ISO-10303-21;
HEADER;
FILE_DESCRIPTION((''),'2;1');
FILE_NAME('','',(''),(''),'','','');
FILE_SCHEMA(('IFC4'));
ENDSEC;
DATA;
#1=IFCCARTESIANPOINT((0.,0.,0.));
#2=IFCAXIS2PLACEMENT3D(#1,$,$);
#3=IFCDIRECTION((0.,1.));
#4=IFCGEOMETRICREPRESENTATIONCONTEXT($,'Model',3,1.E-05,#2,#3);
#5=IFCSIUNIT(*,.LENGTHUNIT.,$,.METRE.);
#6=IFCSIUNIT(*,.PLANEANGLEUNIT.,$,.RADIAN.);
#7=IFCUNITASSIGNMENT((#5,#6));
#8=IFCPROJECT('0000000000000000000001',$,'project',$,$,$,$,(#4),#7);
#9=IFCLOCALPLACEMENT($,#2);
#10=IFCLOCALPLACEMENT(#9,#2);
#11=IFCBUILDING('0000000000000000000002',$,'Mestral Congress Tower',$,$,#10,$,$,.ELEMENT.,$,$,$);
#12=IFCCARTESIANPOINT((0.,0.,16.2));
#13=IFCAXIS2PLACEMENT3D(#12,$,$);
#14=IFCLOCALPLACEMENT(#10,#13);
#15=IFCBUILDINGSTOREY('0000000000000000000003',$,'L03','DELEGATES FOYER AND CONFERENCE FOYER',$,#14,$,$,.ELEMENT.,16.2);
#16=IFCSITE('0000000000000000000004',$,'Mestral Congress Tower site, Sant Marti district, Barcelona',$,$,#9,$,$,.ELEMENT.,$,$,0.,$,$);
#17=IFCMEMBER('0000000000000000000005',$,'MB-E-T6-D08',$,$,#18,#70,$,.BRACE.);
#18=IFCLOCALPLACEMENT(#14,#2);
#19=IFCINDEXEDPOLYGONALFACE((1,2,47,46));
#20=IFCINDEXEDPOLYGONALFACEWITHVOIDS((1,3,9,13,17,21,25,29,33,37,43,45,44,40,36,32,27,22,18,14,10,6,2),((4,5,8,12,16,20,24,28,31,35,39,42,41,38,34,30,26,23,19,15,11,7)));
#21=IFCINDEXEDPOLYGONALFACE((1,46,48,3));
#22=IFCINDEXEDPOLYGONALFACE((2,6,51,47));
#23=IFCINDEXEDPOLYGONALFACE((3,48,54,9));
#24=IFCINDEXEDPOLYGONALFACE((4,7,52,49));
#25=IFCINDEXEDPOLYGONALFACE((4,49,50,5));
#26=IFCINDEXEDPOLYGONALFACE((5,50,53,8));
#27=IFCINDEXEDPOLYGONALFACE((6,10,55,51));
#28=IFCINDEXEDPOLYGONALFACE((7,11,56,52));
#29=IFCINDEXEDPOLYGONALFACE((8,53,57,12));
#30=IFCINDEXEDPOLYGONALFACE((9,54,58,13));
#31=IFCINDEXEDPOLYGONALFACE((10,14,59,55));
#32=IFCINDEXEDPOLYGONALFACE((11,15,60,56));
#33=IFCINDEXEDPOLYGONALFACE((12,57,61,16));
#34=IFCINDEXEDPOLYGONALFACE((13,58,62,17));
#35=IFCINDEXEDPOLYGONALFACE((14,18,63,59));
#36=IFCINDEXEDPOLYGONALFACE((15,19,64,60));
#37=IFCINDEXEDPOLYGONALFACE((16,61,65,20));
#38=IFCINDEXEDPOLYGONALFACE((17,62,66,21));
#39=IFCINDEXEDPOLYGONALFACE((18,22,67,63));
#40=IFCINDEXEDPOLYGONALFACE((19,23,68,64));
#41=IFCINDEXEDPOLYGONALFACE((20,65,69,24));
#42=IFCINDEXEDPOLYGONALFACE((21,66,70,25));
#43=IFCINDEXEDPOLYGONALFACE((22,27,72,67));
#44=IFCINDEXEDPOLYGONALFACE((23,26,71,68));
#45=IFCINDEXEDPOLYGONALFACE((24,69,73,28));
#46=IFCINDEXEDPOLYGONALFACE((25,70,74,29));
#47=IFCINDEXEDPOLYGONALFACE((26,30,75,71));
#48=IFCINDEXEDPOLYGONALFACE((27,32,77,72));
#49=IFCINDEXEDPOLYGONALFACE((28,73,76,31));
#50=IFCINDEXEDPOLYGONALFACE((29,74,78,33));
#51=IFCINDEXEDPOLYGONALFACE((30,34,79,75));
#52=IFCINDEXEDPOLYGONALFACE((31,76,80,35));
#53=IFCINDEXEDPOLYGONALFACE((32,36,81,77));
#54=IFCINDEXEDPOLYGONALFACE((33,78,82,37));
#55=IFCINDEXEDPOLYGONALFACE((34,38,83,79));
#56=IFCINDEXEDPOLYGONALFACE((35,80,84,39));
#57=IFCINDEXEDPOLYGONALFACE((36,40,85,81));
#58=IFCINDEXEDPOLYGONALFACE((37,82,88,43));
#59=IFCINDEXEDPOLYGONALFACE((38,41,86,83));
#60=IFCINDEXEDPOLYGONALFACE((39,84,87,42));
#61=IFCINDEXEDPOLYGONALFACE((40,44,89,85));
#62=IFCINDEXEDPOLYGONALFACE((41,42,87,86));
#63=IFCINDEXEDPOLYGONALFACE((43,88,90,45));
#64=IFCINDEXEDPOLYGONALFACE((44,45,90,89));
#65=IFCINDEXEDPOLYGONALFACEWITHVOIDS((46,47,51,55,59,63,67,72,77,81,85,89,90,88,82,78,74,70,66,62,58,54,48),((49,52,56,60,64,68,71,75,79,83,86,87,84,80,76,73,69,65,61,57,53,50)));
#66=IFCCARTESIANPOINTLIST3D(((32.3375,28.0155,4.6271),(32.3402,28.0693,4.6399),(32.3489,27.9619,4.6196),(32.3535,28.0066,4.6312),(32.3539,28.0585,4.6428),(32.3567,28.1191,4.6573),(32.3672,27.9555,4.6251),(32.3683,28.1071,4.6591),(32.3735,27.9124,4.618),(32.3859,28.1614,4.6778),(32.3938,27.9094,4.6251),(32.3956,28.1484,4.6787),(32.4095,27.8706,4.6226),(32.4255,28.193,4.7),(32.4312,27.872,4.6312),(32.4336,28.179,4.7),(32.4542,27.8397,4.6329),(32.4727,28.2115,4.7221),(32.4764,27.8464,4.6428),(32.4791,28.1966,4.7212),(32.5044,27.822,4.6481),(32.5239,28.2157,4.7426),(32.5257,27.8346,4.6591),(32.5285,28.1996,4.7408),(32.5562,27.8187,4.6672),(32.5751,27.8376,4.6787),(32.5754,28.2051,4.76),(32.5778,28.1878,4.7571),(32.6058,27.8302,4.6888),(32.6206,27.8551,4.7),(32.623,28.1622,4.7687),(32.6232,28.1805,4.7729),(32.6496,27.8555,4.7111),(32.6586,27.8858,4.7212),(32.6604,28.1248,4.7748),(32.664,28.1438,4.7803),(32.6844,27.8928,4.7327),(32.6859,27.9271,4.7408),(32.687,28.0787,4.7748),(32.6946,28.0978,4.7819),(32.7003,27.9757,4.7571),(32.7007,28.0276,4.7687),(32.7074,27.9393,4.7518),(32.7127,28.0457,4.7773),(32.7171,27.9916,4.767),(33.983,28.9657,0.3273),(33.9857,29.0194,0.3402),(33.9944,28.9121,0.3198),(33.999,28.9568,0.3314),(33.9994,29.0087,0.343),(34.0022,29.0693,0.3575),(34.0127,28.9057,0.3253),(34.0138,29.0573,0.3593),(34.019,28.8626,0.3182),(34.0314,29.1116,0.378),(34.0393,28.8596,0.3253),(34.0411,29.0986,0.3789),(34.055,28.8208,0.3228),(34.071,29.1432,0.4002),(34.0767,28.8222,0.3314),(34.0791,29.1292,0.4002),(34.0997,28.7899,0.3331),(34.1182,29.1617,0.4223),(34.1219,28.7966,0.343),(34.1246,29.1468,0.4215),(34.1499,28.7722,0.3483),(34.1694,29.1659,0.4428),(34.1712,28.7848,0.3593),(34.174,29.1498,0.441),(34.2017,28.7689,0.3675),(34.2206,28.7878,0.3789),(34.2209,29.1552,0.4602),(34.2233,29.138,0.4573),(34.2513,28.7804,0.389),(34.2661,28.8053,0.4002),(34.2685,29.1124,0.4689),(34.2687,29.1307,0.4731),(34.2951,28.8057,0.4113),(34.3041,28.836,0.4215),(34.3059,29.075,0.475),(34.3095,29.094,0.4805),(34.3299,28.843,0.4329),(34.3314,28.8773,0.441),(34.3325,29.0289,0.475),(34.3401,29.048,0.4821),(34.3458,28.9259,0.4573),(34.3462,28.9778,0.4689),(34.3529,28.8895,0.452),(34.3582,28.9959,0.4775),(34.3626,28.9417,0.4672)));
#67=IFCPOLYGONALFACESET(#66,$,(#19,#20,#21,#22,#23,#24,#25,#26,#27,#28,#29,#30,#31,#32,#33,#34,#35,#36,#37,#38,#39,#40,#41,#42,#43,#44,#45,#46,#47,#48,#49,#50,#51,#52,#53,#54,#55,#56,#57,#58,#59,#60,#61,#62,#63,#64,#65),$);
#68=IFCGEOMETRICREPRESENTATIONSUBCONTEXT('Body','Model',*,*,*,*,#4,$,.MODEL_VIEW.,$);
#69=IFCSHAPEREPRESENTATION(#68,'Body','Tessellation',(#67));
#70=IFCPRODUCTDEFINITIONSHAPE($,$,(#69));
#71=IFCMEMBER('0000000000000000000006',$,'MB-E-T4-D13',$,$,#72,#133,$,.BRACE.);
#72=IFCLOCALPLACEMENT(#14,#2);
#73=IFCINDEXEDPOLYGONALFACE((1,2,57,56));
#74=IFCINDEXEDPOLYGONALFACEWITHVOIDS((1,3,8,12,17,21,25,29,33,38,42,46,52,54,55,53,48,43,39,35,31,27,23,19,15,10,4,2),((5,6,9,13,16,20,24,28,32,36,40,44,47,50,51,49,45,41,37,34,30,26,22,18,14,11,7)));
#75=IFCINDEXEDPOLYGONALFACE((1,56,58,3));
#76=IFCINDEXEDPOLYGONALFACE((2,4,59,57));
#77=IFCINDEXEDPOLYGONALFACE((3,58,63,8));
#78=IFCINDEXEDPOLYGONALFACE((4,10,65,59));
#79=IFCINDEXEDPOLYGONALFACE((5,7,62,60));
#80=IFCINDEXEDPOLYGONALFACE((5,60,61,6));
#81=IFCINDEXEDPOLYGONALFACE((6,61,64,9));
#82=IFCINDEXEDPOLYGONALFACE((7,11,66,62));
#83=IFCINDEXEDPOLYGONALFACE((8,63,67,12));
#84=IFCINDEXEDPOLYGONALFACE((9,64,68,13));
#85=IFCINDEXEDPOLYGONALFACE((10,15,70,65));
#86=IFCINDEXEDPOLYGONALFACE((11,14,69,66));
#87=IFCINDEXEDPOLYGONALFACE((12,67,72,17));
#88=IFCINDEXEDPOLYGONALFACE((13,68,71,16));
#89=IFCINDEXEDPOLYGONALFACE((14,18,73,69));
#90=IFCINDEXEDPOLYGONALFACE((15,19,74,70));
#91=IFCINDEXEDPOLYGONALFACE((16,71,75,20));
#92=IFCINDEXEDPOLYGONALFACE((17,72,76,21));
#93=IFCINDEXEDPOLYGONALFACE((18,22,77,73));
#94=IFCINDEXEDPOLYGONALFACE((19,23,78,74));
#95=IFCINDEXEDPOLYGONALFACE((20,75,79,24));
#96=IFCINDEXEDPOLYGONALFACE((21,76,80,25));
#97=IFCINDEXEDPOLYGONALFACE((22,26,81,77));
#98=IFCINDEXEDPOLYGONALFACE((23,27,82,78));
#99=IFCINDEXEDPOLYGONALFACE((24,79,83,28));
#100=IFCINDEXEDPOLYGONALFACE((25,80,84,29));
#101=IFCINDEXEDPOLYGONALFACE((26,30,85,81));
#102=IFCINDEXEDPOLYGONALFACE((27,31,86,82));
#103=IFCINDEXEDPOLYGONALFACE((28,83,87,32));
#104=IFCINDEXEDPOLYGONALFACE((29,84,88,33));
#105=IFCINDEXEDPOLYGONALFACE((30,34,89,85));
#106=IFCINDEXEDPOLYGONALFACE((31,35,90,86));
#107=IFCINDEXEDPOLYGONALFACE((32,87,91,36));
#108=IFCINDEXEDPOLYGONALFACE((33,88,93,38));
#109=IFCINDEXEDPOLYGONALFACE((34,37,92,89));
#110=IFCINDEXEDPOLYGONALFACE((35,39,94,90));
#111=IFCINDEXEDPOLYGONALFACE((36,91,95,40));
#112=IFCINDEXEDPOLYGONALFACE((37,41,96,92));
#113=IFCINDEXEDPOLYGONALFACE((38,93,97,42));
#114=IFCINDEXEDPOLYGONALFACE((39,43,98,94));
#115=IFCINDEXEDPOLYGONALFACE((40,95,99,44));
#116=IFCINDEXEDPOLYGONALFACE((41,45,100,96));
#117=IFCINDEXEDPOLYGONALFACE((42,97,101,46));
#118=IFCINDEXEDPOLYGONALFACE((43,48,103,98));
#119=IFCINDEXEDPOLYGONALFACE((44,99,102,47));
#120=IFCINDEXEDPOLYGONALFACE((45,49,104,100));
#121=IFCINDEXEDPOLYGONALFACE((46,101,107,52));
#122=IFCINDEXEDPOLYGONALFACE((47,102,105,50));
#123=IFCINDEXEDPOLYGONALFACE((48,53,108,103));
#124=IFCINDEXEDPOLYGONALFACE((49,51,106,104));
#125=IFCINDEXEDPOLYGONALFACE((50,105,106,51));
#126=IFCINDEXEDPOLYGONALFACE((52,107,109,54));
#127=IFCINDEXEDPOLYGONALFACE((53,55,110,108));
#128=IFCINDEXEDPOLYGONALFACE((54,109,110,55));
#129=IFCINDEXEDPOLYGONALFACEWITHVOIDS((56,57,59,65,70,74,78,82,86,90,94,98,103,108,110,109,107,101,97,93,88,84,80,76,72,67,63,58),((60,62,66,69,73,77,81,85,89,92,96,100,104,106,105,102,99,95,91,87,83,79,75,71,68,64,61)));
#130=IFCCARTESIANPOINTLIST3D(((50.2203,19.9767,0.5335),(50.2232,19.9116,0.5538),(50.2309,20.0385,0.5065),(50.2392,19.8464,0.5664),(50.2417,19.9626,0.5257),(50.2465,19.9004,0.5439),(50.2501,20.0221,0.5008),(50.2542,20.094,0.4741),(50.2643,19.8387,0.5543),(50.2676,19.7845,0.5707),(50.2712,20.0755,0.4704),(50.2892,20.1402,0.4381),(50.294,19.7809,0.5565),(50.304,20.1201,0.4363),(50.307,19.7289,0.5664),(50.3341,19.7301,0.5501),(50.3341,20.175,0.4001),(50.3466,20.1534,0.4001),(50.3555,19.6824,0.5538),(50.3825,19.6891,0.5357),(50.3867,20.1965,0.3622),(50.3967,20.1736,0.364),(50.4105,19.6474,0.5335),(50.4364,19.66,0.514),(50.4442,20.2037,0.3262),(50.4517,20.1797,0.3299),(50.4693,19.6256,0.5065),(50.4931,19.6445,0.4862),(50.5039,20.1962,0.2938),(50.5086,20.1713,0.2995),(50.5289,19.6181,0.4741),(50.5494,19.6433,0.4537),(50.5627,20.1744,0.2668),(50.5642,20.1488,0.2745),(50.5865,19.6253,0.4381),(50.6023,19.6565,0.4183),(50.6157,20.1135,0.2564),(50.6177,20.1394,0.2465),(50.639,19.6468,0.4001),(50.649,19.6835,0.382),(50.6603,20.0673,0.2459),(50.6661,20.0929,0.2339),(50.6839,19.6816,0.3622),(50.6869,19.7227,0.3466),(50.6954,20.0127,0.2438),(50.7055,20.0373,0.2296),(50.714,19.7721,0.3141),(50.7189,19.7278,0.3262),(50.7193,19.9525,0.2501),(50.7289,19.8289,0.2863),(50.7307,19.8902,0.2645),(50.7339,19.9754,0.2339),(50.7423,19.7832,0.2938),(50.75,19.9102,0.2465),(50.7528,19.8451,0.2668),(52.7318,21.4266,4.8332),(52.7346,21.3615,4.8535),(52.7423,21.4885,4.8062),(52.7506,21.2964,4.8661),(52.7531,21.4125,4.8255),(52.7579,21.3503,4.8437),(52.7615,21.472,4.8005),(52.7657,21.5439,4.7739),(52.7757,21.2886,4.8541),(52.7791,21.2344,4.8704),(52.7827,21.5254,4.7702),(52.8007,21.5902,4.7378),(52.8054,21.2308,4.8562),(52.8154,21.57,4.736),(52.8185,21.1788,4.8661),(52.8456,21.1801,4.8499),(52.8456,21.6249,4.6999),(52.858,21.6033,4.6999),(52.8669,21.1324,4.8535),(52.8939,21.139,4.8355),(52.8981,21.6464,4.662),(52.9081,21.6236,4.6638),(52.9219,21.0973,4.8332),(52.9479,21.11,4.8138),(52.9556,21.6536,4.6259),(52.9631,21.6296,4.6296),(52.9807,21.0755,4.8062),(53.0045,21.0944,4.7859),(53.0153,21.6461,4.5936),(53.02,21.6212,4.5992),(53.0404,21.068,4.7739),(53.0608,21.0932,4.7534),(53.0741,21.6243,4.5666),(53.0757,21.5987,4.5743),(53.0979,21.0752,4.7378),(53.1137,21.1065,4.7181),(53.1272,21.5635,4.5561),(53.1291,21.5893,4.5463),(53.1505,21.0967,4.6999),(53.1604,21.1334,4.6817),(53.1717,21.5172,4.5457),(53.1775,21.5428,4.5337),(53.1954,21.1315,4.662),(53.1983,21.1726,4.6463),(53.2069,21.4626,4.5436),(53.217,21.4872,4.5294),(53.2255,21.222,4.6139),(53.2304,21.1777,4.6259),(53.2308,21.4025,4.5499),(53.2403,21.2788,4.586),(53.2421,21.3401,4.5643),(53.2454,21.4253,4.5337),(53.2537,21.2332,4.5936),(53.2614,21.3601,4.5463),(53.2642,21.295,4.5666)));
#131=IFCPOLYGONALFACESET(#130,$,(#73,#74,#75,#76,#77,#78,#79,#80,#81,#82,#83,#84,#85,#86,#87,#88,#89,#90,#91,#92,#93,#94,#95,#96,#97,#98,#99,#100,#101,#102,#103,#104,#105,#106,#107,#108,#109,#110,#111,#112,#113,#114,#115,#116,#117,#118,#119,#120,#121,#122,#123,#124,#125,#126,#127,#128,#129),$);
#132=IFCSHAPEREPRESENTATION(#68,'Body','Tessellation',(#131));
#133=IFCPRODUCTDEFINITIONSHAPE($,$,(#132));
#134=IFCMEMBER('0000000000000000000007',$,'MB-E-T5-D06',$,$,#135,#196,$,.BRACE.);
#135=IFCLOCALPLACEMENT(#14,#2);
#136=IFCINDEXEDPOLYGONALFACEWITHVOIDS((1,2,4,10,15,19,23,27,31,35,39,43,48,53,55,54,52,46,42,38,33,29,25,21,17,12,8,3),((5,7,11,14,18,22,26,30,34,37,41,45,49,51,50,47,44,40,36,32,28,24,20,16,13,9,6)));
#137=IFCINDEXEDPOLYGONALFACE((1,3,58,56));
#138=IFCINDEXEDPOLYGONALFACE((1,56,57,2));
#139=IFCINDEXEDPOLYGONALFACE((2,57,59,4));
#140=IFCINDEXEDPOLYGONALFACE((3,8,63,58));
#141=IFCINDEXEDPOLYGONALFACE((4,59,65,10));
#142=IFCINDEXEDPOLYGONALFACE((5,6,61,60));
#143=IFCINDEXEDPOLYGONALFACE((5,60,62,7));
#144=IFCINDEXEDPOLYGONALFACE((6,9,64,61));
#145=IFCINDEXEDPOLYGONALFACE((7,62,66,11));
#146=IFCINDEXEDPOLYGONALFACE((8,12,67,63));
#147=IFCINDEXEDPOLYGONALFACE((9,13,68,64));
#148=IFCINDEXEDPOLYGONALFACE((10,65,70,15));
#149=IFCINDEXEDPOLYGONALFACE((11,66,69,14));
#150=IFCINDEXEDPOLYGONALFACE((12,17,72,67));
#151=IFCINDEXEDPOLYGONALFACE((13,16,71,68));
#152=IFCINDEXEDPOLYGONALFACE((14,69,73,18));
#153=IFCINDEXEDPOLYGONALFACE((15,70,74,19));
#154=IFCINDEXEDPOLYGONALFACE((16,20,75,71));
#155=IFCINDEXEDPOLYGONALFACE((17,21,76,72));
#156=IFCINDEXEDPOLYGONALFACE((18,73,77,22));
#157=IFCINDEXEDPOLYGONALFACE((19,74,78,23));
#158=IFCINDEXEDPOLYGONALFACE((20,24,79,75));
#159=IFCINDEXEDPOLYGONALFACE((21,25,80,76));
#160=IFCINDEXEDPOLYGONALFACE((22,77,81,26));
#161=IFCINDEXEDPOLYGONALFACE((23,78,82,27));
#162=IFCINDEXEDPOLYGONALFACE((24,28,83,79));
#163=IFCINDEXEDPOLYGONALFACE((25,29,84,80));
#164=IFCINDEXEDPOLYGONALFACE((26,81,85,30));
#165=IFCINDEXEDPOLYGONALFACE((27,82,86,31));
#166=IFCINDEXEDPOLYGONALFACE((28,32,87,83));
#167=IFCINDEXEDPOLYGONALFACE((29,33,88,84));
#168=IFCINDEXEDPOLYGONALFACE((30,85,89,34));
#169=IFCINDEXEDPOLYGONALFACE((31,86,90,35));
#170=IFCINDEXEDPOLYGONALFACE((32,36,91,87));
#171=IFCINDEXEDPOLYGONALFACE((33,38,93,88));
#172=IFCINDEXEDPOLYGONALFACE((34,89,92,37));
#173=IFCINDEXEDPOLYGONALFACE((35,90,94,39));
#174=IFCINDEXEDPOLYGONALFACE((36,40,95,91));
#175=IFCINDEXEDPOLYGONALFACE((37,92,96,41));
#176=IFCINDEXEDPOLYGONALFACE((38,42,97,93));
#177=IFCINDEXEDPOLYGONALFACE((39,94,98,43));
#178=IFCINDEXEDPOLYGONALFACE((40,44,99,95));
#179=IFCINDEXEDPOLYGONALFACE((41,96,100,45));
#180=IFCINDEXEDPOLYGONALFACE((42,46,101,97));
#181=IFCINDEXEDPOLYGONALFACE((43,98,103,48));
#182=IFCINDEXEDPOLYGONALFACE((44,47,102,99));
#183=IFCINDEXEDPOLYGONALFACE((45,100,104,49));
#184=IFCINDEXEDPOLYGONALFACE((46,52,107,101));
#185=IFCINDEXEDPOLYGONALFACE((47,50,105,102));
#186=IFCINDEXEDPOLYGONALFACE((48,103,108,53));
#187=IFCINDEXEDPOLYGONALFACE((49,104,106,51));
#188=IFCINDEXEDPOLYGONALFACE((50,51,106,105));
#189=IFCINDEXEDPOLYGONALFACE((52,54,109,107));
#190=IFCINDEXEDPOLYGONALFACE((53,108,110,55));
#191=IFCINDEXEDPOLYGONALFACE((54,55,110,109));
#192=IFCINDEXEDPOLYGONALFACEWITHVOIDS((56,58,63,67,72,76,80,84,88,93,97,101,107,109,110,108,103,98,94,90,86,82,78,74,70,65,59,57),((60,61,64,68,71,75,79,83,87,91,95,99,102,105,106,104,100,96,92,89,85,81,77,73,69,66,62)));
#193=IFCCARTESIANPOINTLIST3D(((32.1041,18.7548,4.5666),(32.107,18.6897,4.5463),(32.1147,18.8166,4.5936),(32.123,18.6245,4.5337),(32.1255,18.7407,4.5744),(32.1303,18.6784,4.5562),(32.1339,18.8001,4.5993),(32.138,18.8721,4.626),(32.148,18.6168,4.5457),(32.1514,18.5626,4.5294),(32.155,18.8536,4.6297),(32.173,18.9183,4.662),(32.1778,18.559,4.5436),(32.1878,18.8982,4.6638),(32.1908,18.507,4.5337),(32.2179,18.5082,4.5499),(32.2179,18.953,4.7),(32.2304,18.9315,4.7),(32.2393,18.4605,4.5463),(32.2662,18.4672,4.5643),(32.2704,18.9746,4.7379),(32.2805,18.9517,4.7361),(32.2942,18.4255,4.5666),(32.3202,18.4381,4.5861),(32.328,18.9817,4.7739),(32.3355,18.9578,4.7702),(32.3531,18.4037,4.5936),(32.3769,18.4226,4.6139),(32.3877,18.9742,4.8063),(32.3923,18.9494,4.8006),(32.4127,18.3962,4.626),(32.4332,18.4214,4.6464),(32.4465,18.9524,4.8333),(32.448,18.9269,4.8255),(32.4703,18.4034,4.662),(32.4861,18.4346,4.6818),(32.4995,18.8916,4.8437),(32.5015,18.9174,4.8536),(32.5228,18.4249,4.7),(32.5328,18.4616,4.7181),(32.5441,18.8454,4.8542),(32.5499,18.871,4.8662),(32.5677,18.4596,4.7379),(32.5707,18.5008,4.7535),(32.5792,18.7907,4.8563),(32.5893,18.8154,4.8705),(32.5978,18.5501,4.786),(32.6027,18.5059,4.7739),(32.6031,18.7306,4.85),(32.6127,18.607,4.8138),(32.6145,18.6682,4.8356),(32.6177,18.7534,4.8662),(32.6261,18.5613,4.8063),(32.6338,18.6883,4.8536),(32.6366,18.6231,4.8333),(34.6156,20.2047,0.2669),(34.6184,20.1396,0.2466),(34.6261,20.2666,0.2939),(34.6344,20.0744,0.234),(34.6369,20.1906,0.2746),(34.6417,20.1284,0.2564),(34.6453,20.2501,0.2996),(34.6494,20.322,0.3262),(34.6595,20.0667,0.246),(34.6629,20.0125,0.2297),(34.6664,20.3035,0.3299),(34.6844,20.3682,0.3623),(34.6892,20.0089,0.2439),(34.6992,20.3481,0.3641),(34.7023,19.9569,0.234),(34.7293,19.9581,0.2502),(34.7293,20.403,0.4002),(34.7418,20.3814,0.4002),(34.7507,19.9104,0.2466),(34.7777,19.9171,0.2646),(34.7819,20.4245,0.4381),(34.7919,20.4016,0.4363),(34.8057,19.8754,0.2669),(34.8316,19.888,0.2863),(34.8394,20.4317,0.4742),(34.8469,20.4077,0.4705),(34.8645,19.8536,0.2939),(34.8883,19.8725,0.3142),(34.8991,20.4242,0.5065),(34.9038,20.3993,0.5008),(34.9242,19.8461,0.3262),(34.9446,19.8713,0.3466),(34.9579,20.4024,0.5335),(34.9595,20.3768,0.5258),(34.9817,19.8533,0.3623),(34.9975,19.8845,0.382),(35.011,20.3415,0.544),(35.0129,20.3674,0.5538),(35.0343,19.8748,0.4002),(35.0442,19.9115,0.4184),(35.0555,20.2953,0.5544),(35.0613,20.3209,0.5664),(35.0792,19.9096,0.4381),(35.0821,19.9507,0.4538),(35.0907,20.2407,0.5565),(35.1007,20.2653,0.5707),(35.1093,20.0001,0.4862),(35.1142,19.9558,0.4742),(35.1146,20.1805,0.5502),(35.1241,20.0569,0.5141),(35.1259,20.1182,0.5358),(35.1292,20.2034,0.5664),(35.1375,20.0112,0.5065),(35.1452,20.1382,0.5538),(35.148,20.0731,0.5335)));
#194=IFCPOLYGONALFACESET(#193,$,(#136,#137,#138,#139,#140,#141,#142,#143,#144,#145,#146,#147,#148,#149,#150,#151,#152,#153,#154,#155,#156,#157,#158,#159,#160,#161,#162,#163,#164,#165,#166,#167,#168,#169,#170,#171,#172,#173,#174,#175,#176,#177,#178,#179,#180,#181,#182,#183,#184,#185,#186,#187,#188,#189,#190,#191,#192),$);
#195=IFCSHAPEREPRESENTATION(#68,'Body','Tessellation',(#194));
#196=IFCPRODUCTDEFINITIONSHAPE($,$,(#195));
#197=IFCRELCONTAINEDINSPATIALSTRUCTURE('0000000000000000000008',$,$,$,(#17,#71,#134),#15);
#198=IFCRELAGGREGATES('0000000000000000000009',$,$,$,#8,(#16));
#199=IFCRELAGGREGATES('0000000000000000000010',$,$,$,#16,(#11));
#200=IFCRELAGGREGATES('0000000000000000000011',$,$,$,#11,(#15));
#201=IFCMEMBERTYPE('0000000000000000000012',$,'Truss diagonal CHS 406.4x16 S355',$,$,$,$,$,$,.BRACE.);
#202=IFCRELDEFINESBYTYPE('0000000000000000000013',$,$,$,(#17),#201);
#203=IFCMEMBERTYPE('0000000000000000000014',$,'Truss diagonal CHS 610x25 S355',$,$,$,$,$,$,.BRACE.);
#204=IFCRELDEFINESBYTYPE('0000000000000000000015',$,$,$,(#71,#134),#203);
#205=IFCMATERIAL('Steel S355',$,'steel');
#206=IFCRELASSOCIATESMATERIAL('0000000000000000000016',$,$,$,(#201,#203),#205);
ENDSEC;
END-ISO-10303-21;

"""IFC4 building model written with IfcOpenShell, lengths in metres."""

from ifc_helpers import new_model, si_unit, direction, frame, origin, origin_2d, place, context, subcontext, project, spatial, hollow_circle, extrude, material, material_profile, profile_set, type_object, element, save


model = new_model("IFC4")

# Units and contexts
model_context = context("Model", 3, precision=1e-05, world=origin(), true_north=direction((0.0, 1.0)))
body_context = subcontext(model_context, "Body", "Model", "MODEL_VIEW")
ifc_project = project(units=[si_unit("LENGTHUNIT", "METRE"), si_unit("PLANEANGLEUNIT", "RADIAN")], contexts=[model_context])

# Site, building, storey
site_placement = place(None, origin())
site = spatial("IfcSite", under=ifc_project, at=site_placement, Name="Mestral Congress Tower site, Sant Marti district, Barcelona", CompositionType="ELEMENT", RefElevation=0.0)
building_placement = place(site_placement, origin())
building = spatial("IfcBuilding", under=site, at=building_placement, Name="Mestral Congress Tower", CompositionType="ELEMENT")
storey_placement = place(building_placement, frame((0.0, 0.0, 16.2)))
storey = spatial("IfcBuildingStorey", under=building, at=storey_placement, Name="L03", Description="DELEGATES FOYER AND CONFERENCE FOYER", CompositionType="ELEMENT", Elevation=16.2)

# Members
ifc_material = material(Name="Steel S355", Category="steel")
ifc_material_profile_1 = material_profile(ifc_material, hollow_circle(Radius=0.2031, WallThickness=0.0161, at=origin_2d()), Name="CHS 406.4x16")
ifc_profile_set_1 = profile_set([ifc_material_profile_1], Name="Steel S355")
member_type_1 = type_object("IfcMemberType", Name="Truss diagonal CHS 406.4x16 S355", PredefinedType="BRACE", material=ifc_profile_set_1)
for number, where, z_axis, x_axis, name in (
    (1, (32.5271, 28.0171, 4.7), (0.350038, 0.202129, -0.914668), (-0.500064, 0.865989, 0.0), "MB-E-T6-D08"),
):
    element("IfcMember", number, at=place(storey_placement, frame(where, z_axis=z_axis, x_axis=x_axis)), inside=storey, type_object=member_type_1, Name=name, PredefinedType="BRACE", context=body_context, shape_type="SweptSolid", body=[
        extrude(hollow_circle(Radius=0.2031, WallThickness=0.0161, at=origin_2d()), origin(), (0.0, 0.0, 1.0), 4.7009),
    ])
ifc_material_profile_2 = material_profile(ifc_material, hollow_circle(Radius=0.3049, WallThickness=0.0249, at=origin_2d()), Name="CHS 610x25")
ifc_profile_set_2 = profile_set([ifc_material_profile_2], Name="Steel S355")
member_type_2 = type_object("IfcMemberType", Name="Truss diagonal CHS 610x25 S355", PredefinedType="BRACE", material=ifc_profile_set_2)
for number, where, z_axis, x_axis, name in (
    (2, (50.4866, 19.9109, 0.4001), (0.484247, 0.279571, 0.829062), (-0.499987, 0.866033, 0.0), "MB-E-T4-D13"),
    (3, (32.3704, 18.689, 4.7), (0.484247, 0.279571, -0.829062), (-0.499987, 0.866033, 0.0), "MB-E-T5-D06"),
):
    element("IfcMember", number, at=place(storey_placement, frame(where, z_axis=z_axis, x_axis=x_axis)), inside=storey, type_object=member_type_2, Name=name, PredefinedType="BRACE", context=body_context, shape_type="SweptSolid", body=[
        extrude(hollow_circle(Radius=0.3049, WallThickness=0.0249, at=origin_2d()), origin(), (0.0, 0.0, 1.0), 5.1863),
    ])

save(model, "model.ifc")
